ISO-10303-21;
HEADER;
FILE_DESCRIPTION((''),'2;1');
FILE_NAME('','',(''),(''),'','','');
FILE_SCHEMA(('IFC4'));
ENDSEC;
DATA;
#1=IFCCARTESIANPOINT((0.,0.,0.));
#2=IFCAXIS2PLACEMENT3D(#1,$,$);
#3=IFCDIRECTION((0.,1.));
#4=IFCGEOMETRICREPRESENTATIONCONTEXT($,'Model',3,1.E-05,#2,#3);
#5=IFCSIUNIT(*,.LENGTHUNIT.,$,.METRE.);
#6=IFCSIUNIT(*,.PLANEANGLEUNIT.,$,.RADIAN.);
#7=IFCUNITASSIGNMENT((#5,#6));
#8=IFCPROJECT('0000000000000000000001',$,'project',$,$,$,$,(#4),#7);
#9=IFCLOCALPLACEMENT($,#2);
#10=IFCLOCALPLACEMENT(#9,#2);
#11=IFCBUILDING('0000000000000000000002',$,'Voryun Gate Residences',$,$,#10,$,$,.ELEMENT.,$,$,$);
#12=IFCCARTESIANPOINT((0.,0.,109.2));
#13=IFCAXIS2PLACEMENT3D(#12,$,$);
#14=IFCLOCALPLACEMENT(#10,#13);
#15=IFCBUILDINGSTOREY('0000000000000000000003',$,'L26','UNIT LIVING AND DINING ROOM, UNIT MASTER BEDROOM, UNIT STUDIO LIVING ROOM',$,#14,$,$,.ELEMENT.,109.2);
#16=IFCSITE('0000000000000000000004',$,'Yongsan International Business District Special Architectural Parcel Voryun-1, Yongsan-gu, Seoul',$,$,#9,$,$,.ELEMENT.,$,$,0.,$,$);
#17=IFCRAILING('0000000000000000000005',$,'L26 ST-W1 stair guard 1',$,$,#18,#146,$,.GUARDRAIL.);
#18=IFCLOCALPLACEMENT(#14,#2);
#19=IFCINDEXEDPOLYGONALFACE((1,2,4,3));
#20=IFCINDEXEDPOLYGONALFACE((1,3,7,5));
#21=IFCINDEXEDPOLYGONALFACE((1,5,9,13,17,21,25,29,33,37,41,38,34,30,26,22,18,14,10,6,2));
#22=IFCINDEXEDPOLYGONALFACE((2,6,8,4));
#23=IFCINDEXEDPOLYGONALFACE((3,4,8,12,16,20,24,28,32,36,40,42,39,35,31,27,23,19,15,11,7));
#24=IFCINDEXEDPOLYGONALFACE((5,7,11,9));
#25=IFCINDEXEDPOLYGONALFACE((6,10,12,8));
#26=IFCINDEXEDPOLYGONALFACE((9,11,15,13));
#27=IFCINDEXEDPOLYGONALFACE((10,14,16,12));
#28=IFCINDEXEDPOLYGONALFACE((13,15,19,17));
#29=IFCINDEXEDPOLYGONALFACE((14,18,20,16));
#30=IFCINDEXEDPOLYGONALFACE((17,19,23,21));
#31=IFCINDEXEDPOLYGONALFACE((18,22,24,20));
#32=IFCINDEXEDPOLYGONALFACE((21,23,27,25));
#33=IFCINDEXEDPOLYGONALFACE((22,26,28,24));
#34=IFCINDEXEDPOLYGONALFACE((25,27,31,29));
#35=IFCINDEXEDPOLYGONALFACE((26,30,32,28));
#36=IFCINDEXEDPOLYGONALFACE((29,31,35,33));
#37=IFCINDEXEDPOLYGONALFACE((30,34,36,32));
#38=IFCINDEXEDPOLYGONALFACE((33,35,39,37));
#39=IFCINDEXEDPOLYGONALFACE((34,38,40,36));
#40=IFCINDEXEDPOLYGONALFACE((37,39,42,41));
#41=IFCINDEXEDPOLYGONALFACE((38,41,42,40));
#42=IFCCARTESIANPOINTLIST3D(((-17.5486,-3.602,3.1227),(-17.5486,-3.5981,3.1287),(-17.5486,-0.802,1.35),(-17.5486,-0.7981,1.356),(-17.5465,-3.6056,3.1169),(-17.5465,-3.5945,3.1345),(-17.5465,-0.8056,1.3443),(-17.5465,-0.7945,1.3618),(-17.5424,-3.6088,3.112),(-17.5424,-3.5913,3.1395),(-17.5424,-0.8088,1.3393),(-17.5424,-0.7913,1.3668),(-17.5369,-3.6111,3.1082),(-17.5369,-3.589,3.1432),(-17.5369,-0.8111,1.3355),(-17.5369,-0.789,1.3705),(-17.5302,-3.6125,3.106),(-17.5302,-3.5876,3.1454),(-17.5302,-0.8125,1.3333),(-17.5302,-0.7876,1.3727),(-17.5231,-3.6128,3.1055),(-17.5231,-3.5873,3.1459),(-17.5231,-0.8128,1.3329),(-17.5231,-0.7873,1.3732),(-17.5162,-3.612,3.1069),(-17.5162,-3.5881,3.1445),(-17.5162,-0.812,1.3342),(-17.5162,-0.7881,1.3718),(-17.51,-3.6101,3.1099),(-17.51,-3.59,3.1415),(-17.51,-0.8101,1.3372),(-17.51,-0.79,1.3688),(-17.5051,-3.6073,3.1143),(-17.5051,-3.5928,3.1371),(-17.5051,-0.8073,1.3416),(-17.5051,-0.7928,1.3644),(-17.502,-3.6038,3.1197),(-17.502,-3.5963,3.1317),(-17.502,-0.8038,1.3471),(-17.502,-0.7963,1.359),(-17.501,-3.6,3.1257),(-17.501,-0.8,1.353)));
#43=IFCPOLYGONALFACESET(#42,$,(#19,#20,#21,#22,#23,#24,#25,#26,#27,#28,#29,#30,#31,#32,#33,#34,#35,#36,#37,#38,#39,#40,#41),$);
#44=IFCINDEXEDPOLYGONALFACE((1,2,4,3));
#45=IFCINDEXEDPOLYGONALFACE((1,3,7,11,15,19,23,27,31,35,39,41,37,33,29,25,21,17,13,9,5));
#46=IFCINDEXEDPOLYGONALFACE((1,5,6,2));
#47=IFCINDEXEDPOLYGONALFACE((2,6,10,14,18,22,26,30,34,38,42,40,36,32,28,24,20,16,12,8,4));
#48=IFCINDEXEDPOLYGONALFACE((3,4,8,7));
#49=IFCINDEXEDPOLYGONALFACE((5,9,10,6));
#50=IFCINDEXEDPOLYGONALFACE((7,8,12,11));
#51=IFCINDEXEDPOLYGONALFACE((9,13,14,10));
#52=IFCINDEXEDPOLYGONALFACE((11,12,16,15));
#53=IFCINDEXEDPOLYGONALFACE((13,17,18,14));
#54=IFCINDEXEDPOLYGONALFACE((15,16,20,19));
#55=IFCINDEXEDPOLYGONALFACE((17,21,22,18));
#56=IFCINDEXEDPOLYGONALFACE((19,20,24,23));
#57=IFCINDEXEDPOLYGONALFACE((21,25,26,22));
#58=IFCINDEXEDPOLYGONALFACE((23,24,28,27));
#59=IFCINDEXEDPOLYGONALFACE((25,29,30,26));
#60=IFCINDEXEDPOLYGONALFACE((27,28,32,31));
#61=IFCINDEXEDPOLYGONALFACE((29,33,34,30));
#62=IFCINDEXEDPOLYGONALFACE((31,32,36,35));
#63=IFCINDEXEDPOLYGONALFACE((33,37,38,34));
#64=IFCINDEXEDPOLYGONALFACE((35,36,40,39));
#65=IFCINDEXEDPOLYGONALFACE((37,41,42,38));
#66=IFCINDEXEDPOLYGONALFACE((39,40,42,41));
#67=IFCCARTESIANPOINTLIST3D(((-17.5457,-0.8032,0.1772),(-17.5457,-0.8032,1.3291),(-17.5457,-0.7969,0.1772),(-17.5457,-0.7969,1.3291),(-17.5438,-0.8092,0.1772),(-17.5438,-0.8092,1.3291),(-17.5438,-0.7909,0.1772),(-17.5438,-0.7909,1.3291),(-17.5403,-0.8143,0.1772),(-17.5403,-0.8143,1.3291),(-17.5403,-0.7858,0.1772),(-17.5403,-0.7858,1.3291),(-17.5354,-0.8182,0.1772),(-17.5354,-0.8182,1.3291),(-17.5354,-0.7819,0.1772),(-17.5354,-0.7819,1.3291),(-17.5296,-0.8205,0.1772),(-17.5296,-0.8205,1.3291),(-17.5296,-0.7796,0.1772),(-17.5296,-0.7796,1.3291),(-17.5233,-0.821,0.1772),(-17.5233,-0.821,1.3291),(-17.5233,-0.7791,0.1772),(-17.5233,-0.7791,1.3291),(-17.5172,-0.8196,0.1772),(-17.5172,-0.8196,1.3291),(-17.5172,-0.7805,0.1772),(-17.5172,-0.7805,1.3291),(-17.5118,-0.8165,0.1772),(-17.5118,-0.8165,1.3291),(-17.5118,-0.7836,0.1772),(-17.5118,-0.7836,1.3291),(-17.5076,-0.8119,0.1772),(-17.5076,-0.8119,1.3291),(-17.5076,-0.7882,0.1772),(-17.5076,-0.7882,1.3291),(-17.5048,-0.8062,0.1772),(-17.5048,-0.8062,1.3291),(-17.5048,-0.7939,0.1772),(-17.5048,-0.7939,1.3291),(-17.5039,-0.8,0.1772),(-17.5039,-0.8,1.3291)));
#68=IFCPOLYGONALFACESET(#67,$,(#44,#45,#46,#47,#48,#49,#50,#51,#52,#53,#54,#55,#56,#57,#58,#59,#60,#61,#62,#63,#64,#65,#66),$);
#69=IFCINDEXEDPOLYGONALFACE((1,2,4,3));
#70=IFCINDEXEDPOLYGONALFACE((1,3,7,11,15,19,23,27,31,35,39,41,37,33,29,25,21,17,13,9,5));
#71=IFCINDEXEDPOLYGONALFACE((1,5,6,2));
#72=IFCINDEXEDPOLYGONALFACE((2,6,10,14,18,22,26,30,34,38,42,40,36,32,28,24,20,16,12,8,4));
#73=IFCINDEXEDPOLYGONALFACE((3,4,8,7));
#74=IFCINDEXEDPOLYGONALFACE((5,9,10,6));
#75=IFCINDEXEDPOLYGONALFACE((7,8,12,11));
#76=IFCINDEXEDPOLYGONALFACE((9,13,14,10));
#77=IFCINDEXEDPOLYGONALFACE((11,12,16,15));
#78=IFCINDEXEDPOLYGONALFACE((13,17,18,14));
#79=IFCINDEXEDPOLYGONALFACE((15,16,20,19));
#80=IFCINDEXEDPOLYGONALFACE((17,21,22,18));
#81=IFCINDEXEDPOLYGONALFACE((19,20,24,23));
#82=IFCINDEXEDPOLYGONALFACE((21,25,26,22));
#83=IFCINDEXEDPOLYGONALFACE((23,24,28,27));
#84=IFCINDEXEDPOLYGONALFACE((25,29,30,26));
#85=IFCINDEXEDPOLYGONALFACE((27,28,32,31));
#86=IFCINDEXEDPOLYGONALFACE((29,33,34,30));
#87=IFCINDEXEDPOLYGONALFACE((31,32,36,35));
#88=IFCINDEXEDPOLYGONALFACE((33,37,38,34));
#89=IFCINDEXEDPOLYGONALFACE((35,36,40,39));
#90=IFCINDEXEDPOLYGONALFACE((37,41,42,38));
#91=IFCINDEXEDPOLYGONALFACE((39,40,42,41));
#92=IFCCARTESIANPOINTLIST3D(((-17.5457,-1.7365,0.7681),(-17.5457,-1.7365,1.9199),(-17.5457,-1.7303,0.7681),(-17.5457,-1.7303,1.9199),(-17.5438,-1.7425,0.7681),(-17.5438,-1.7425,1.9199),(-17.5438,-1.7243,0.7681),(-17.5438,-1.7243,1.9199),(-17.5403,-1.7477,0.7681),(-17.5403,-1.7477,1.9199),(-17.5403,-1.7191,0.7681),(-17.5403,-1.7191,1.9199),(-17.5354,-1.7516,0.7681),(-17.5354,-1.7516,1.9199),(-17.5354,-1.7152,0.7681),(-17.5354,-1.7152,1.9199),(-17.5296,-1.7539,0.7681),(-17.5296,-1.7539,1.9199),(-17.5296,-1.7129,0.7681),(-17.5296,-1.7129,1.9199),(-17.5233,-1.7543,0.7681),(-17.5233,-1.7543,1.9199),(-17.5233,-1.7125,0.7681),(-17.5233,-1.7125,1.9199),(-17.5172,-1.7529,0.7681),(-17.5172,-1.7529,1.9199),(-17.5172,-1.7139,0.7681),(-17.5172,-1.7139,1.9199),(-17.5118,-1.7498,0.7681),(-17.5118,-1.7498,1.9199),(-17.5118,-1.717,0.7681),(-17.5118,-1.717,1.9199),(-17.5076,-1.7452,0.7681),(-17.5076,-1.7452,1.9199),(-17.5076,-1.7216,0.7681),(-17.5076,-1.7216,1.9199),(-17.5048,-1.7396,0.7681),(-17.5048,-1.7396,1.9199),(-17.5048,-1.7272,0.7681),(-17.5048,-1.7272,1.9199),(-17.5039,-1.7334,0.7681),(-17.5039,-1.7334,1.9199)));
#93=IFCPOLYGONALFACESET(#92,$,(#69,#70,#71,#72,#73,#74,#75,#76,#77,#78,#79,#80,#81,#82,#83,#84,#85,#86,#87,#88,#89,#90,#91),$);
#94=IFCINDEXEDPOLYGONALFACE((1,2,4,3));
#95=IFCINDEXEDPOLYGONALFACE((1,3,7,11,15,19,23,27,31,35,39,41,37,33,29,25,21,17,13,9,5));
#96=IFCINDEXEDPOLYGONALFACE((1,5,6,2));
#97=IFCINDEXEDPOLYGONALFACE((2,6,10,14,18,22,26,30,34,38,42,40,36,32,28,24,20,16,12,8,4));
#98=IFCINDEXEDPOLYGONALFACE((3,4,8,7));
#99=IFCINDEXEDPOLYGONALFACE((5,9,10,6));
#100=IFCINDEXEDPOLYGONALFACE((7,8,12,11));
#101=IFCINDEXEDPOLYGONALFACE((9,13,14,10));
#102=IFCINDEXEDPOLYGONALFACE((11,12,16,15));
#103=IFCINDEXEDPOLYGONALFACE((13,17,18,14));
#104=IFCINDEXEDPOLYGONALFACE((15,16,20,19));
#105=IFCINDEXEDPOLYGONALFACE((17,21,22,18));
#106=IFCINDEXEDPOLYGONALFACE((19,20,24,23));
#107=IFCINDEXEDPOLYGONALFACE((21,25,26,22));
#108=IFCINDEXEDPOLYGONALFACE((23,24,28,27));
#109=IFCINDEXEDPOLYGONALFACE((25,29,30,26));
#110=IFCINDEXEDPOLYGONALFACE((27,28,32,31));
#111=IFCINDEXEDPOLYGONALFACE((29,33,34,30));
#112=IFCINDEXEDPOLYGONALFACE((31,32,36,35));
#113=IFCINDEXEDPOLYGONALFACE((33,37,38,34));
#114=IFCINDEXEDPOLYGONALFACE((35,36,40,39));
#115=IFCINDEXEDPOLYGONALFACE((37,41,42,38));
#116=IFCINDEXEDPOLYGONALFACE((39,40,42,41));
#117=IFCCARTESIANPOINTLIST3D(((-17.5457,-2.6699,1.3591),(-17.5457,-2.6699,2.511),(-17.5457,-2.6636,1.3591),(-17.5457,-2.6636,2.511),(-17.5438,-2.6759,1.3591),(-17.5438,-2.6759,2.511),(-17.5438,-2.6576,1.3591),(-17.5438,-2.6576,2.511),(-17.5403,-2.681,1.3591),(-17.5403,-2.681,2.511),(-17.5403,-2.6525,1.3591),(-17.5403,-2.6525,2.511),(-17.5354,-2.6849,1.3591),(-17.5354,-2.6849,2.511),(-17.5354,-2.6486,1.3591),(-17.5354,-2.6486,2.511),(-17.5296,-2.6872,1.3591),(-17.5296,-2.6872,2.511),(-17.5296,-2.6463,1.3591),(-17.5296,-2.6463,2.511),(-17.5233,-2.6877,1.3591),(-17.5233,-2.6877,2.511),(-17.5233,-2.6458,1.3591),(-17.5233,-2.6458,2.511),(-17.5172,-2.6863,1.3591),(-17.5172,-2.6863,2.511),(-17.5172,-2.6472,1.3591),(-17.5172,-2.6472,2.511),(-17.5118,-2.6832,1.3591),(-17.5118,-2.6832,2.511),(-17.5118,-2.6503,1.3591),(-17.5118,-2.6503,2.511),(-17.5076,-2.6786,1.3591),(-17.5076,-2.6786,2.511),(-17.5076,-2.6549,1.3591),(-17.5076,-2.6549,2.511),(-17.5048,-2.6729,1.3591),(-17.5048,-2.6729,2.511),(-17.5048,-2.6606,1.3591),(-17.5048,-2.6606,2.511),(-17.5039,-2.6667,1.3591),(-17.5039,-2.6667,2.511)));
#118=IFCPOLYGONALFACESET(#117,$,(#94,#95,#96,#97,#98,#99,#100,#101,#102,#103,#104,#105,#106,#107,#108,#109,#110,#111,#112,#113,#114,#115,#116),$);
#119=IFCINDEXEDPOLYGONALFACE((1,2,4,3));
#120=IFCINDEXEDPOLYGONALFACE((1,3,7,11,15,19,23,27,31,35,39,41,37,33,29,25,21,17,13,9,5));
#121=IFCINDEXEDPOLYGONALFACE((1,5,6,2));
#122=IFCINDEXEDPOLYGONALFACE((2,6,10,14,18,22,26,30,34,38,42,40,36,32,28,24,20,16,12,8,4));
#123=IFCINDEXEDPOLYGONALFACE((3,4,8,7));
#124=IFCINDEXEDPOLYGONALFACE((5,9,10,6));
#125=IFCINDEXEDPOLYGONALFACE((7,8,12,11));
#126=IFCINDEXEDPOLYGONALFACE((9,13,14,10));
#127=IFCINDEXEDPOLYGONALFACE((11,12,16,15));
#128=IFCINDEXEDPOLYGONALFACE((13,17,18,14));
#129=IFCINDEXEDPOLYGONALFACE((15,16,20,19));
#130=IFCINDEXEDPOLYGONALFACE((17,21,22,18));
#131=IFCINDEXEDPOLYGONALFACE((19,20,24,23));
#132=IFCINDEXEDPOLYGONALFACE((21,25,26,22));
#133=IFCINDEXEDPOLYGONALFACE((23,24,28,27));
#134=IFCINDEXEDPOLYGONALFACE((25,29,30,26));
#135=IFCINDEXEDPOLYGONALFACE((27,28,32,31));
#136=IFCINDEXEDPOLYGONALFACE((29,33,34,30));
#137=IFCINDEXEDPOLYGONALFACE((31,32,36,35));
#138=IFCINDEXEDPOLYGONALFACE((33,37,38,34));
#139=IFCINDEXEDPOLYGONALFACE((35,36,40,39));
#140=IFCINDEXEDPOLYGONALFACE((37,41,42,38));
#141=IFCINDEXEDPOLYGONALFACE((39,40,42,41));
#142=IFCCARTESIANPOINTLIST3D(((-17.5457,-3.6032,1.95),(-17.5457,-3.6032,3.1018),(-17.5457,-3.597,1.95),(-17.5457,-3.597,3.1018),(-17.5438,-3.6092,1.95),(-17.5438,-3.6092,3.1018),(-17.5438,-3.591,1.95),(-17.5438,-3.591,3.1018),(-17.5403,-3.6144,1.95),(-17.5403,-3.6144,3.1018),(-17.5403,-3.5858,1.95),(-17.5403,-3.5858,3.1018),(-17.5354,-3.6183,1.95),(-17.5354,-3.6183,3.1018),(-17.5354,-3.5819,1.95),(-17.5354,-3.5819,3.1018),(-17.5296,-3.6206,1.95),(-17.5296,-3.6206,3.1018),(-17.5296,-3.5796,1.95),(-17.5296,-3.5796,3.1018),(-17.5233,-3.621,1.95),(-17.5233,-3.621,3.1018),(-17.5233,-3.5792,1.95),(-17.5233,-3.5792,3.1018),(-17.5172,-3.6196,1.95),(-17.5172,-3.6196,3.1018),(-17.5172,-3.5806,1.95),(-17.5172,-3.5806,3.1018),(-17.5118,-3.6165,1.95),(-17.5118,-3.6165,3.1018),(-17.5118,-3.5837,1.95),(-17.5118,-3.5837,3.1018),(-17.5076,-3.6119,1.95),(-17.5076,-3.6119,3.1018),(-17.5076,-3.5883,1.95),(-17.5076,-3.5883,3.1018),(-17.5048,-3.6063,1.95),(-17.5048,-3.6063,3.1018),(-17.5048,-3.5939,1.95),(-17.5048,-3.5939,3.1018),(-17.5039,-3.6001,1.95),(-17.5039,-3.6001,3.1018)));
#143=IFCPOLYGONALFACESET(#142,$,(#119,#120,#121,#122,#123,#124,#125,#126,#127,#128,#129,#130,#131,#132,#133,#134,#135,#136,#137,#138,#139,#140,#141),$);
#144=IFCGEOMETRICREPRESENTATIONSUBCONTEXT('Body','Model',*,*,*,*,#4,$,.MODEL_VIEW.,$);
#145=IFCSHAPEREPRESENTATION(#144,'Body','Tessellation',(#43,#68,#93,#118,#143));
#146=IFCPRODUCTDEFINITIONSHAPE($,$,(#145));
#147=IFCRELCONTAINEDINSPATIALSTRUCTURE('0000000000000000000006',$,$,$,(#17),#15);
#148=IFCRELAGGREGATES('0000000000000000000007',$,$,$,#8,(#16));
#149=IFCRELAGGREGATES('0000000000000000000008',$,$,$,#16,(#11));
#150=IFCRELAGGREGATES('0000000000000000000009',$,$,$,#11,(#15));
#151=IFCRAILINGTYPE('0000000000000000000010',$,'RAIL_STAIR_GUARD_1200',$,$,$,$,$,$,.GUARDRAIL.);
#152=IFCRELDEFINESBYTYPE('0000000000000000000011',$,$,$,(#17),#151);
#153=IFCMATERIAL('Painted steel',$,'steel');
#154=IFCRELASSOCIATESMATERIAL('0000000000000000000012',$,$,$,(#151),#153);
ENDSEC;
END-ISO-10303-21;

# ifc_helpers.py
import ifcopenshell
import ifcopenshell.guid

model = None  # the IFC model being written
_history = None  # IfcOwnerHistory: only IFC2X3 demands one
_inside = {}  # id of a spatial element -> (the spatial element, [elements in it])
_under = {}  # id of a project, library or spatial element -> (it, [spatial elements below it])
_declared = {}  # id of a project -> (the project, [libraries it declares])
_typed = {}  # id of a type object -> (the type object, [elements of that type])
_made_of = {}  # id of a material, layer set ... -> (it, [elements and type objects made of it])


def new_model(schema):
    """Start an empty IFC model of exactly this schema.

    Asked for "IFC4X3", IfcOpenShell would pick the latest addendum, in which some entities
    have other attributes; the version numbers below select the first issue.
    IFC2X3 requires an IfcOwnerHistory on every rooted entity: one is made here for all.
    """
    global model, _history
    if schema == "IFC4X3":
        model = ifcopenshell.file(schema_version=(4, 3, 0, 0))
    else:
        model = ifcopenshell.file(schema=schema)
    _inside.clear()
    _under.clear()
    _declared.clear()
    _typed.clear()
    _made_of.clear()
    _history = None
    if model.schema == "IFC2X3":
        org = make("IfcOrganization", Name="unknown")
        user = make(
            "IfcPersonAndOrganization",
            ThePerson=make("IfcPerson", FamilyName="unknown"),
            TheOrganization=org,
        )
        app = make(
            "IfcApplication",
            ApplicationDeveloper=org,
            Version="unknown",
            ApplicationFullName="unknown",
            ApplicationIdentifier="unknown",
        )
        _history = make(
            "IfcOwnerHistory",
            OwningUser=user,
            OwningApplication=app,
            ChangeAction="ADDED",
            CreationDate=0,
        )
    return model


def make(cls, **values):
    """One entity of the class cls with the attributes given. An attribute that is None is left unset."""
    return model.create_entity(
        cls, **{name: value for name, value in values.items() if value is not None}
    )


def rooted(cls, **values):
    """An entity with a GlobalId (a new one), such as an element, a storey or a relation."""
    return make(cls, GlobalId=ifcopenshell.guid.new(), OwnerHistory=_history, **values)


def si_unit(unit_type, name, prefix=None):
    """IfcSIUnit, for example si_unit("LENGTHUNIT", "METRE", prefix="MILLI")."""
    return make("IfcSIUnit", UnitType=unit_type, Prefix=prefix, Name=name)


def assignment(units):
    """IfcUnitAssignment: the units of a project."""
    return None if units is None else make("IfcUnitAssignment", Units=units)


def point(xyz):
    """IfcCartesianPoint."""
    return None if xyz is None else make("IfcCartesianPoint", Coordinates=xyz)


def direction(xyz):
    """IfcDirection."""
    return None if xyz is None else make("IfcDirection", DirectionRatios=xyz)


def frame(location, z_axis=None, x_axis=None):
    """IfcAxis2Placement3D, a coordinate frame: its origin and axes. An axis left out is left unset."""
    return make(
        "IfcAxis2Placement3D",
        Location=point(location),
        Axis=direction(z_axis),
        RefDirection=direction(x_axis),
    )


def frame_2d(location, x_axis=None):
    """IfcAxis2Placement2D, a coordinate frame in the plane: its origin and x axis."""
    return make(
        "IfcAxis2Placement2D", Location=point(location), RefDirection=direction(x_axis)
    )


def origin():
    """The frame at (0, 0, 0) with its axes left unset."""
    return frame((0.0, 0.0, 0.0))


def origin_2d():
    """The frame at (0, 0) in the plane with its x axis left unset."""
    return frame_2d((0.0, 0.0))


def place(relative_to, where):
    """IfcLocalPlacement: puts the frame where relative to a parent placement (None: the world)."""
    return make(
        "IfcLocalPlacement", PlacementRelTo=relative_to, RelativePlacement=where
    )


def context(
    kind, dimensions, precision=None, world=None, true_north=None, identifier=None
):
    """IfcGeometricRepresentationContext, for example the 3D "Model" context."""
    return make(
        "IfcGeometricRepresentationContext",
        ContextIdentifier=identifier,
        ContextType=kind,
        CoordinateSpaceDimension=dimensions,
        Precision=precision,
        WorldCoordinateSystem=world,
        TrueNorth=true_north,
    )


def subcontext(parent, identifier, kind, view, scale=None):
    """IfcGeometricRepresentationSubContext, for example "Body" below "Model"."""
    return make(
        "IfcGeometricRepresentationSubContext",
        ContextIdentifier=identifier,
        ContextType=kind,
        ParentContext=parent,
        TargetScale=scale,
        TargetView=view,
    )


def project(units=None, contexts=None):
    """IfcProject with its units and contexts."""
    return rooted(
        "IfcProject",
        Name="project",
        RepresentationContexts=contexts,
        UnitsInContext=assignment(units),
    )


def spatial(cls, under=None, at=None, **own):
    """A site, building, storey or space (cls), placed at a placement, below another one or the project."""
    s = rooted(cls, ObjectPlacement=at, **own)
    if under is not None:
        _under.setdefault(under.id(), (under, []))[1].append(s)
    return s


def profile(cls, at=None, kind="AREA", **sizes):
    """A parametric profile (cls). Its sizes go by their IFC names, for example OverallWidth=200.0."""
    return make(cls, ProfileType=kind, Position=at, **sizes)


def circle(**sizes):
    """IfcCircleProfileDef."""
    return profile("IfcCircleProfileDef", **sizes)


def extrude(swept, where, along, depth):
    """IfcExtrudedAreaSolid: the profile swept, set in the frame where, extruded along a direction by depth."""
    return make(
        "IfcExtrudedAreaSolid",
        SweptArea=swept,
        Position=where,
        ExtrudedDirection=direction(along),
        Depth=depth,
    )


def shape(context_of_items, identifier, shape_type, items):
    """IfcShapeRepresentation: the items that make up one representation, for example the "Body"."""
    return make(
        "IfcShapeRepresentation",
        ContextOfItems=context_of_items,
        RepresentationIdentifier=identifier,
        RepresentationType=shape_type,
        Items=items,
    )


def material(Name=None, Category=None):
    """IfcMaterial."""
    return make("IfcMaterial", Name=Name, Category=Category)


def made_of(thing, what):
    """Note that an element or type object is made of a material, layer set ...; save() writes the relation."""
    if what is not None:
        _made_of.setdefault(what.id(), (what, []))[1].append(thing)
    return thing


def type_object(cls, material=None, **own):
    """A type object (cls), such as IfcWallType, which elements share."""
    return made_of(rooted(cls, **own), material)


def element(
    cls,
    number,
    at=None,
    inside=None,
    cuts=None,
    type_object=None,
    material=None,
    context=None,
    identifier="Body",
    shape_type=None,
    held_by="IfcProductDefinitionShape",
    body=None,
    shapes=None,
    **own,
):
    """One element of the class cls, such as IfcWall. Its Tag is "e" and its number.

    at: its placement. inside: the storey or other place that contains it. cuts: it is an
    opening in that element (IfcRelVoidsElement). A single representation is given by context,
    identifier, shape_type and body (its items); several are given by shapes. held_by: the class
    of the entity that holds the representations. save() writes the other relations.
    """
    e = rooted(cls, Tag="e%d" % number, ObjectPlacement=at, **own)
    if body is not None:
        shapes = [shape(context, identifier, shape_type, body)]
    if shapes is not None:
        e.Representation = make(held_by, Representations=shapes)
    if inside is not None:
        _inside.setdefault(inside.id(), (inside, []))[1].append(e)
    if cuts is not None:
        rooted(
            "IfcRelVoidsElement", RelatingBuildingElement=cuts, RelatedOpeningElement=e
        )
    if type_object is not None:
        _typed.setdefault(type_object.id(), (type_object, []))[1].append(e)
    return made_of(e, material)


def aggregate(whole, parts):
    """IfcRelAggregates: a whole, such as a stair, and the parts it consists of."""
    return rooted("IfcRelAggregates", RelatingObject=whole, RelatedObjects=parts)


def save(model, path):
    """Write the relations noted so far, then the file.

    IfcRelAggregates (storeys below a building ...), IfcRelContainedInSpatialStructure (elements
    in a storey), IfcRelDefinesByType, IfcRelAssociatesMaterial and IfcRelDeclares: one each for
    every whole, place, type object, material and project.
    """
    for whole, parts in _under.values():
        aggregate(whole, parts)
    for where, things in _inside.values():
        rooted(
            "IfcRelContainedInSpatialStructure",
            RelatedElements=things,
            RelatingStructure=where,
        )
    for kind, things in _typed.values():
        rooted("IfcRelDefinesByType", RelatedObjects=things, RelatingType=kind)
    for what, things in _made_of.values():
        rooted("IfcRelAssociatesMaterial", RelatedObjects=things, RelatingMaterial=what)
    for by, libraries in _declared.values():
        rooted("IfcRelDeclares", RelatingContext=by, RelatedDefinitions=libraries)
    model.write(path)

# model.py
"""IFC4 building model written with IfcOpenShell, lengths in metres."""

from ifc_helpers import new_model, si_unit, direction, frame, origin, origin_2d, place, context, subcontext, project, spatial, circle, extrude, material, type_object, element, save


model = new_model("IFC4")

# Units and contexts
model_context = context("Model", 3, precision=1e-05, world=origin(), true_north=direction((0.0, 1.0)))
body_context = subcontext(model_context, "Body", "Model", "MODEL_VIEW")
ifc_project = project(units=[si_unit("LENGTHUNIT", "METRE"), si_unit("PLANEANGLEUNIT", "RADIAN")], contexts=[model_context])

# Site, building, storey
site_placement = place(None, origin())
site = spatial("IfcSite", under=ifc_project, at=site_placement, Name="Yongsan International Business District Special Architectural Parcel Voryun-1, Yongsan-gu, Seoul", CompositionType="ELEMENT", RefElevation=0.0)
building_placement = place(site_placement, origin())
building = spatial("IfcBuilding", under=site, at=building_placement, Name="Voryun Gate Residences", CompositionType="ELEMENT")
storey_placement = place(building_placement, frame((0.0, 0.0, 109.2)))
storey = spatial("IfcBuildingStorey", under=building, at=storey_placement, Name="L26", Description="UNIT LIVING AND DINING ROOM, UNIT MASTER BEDROOM, UNIT STUDIO LIVING ROOM", CompositionType="ELEMENT", Elevation=109.2)

# Railing
ifc_material_1 = material(Name="Painted steel", Category="steel")
railing_type_1 = type_object("IfcRailingType", Name="RAIL_STAIR_GUARD_1200", PredefinedType="GUARDRAIL", material=ifc_material_1)
railing_1_placement = place(storey_placement, frame((-17.5249, -0.8, 0.1772)))
element("IfcRailing", 1, at=railing_1_placement, inside=storey, type_object=railing_type_1, Name="L26 ST-W1 stair guard 1", PredefinedType="GUARDRAIL", context=body_context, shape_type="SweptSolid", body=[
    extrude(circle(Radius=0.0239, at=origin_2d()), frame((0.0, 0.0, 1.1758), z_axis=(0.0, -0.844909, 0.53491), x_axis=(1.0, 0.0, 0.0)), (0.0, 0.0, 1.0), 3.314),
    extrude(circle(Radius=0.021, at=origin_2d()), origin(), (0.0, 0.0, 1.0), 1.1519),
    extrude(circle(Radius=0.021, at=origin_2d()), frame((0.0, -0.9333, 0.5908)), (0.0, 0.0, 1.0), 1.1519),
    extrude(circle(Radius=0.021, at=origin_2d()), frame((0.0, -1.8667, 1.1819)), (0.0, 0.0, 1.0), 1.1519),
    extrude(circle(Radius=0.021, at=origin_2d()), frame((0.0, -2.8, 1.7727)), (0.0, 0.0, 1.0), 1.1519),
])

save(model, "model.ifc")
